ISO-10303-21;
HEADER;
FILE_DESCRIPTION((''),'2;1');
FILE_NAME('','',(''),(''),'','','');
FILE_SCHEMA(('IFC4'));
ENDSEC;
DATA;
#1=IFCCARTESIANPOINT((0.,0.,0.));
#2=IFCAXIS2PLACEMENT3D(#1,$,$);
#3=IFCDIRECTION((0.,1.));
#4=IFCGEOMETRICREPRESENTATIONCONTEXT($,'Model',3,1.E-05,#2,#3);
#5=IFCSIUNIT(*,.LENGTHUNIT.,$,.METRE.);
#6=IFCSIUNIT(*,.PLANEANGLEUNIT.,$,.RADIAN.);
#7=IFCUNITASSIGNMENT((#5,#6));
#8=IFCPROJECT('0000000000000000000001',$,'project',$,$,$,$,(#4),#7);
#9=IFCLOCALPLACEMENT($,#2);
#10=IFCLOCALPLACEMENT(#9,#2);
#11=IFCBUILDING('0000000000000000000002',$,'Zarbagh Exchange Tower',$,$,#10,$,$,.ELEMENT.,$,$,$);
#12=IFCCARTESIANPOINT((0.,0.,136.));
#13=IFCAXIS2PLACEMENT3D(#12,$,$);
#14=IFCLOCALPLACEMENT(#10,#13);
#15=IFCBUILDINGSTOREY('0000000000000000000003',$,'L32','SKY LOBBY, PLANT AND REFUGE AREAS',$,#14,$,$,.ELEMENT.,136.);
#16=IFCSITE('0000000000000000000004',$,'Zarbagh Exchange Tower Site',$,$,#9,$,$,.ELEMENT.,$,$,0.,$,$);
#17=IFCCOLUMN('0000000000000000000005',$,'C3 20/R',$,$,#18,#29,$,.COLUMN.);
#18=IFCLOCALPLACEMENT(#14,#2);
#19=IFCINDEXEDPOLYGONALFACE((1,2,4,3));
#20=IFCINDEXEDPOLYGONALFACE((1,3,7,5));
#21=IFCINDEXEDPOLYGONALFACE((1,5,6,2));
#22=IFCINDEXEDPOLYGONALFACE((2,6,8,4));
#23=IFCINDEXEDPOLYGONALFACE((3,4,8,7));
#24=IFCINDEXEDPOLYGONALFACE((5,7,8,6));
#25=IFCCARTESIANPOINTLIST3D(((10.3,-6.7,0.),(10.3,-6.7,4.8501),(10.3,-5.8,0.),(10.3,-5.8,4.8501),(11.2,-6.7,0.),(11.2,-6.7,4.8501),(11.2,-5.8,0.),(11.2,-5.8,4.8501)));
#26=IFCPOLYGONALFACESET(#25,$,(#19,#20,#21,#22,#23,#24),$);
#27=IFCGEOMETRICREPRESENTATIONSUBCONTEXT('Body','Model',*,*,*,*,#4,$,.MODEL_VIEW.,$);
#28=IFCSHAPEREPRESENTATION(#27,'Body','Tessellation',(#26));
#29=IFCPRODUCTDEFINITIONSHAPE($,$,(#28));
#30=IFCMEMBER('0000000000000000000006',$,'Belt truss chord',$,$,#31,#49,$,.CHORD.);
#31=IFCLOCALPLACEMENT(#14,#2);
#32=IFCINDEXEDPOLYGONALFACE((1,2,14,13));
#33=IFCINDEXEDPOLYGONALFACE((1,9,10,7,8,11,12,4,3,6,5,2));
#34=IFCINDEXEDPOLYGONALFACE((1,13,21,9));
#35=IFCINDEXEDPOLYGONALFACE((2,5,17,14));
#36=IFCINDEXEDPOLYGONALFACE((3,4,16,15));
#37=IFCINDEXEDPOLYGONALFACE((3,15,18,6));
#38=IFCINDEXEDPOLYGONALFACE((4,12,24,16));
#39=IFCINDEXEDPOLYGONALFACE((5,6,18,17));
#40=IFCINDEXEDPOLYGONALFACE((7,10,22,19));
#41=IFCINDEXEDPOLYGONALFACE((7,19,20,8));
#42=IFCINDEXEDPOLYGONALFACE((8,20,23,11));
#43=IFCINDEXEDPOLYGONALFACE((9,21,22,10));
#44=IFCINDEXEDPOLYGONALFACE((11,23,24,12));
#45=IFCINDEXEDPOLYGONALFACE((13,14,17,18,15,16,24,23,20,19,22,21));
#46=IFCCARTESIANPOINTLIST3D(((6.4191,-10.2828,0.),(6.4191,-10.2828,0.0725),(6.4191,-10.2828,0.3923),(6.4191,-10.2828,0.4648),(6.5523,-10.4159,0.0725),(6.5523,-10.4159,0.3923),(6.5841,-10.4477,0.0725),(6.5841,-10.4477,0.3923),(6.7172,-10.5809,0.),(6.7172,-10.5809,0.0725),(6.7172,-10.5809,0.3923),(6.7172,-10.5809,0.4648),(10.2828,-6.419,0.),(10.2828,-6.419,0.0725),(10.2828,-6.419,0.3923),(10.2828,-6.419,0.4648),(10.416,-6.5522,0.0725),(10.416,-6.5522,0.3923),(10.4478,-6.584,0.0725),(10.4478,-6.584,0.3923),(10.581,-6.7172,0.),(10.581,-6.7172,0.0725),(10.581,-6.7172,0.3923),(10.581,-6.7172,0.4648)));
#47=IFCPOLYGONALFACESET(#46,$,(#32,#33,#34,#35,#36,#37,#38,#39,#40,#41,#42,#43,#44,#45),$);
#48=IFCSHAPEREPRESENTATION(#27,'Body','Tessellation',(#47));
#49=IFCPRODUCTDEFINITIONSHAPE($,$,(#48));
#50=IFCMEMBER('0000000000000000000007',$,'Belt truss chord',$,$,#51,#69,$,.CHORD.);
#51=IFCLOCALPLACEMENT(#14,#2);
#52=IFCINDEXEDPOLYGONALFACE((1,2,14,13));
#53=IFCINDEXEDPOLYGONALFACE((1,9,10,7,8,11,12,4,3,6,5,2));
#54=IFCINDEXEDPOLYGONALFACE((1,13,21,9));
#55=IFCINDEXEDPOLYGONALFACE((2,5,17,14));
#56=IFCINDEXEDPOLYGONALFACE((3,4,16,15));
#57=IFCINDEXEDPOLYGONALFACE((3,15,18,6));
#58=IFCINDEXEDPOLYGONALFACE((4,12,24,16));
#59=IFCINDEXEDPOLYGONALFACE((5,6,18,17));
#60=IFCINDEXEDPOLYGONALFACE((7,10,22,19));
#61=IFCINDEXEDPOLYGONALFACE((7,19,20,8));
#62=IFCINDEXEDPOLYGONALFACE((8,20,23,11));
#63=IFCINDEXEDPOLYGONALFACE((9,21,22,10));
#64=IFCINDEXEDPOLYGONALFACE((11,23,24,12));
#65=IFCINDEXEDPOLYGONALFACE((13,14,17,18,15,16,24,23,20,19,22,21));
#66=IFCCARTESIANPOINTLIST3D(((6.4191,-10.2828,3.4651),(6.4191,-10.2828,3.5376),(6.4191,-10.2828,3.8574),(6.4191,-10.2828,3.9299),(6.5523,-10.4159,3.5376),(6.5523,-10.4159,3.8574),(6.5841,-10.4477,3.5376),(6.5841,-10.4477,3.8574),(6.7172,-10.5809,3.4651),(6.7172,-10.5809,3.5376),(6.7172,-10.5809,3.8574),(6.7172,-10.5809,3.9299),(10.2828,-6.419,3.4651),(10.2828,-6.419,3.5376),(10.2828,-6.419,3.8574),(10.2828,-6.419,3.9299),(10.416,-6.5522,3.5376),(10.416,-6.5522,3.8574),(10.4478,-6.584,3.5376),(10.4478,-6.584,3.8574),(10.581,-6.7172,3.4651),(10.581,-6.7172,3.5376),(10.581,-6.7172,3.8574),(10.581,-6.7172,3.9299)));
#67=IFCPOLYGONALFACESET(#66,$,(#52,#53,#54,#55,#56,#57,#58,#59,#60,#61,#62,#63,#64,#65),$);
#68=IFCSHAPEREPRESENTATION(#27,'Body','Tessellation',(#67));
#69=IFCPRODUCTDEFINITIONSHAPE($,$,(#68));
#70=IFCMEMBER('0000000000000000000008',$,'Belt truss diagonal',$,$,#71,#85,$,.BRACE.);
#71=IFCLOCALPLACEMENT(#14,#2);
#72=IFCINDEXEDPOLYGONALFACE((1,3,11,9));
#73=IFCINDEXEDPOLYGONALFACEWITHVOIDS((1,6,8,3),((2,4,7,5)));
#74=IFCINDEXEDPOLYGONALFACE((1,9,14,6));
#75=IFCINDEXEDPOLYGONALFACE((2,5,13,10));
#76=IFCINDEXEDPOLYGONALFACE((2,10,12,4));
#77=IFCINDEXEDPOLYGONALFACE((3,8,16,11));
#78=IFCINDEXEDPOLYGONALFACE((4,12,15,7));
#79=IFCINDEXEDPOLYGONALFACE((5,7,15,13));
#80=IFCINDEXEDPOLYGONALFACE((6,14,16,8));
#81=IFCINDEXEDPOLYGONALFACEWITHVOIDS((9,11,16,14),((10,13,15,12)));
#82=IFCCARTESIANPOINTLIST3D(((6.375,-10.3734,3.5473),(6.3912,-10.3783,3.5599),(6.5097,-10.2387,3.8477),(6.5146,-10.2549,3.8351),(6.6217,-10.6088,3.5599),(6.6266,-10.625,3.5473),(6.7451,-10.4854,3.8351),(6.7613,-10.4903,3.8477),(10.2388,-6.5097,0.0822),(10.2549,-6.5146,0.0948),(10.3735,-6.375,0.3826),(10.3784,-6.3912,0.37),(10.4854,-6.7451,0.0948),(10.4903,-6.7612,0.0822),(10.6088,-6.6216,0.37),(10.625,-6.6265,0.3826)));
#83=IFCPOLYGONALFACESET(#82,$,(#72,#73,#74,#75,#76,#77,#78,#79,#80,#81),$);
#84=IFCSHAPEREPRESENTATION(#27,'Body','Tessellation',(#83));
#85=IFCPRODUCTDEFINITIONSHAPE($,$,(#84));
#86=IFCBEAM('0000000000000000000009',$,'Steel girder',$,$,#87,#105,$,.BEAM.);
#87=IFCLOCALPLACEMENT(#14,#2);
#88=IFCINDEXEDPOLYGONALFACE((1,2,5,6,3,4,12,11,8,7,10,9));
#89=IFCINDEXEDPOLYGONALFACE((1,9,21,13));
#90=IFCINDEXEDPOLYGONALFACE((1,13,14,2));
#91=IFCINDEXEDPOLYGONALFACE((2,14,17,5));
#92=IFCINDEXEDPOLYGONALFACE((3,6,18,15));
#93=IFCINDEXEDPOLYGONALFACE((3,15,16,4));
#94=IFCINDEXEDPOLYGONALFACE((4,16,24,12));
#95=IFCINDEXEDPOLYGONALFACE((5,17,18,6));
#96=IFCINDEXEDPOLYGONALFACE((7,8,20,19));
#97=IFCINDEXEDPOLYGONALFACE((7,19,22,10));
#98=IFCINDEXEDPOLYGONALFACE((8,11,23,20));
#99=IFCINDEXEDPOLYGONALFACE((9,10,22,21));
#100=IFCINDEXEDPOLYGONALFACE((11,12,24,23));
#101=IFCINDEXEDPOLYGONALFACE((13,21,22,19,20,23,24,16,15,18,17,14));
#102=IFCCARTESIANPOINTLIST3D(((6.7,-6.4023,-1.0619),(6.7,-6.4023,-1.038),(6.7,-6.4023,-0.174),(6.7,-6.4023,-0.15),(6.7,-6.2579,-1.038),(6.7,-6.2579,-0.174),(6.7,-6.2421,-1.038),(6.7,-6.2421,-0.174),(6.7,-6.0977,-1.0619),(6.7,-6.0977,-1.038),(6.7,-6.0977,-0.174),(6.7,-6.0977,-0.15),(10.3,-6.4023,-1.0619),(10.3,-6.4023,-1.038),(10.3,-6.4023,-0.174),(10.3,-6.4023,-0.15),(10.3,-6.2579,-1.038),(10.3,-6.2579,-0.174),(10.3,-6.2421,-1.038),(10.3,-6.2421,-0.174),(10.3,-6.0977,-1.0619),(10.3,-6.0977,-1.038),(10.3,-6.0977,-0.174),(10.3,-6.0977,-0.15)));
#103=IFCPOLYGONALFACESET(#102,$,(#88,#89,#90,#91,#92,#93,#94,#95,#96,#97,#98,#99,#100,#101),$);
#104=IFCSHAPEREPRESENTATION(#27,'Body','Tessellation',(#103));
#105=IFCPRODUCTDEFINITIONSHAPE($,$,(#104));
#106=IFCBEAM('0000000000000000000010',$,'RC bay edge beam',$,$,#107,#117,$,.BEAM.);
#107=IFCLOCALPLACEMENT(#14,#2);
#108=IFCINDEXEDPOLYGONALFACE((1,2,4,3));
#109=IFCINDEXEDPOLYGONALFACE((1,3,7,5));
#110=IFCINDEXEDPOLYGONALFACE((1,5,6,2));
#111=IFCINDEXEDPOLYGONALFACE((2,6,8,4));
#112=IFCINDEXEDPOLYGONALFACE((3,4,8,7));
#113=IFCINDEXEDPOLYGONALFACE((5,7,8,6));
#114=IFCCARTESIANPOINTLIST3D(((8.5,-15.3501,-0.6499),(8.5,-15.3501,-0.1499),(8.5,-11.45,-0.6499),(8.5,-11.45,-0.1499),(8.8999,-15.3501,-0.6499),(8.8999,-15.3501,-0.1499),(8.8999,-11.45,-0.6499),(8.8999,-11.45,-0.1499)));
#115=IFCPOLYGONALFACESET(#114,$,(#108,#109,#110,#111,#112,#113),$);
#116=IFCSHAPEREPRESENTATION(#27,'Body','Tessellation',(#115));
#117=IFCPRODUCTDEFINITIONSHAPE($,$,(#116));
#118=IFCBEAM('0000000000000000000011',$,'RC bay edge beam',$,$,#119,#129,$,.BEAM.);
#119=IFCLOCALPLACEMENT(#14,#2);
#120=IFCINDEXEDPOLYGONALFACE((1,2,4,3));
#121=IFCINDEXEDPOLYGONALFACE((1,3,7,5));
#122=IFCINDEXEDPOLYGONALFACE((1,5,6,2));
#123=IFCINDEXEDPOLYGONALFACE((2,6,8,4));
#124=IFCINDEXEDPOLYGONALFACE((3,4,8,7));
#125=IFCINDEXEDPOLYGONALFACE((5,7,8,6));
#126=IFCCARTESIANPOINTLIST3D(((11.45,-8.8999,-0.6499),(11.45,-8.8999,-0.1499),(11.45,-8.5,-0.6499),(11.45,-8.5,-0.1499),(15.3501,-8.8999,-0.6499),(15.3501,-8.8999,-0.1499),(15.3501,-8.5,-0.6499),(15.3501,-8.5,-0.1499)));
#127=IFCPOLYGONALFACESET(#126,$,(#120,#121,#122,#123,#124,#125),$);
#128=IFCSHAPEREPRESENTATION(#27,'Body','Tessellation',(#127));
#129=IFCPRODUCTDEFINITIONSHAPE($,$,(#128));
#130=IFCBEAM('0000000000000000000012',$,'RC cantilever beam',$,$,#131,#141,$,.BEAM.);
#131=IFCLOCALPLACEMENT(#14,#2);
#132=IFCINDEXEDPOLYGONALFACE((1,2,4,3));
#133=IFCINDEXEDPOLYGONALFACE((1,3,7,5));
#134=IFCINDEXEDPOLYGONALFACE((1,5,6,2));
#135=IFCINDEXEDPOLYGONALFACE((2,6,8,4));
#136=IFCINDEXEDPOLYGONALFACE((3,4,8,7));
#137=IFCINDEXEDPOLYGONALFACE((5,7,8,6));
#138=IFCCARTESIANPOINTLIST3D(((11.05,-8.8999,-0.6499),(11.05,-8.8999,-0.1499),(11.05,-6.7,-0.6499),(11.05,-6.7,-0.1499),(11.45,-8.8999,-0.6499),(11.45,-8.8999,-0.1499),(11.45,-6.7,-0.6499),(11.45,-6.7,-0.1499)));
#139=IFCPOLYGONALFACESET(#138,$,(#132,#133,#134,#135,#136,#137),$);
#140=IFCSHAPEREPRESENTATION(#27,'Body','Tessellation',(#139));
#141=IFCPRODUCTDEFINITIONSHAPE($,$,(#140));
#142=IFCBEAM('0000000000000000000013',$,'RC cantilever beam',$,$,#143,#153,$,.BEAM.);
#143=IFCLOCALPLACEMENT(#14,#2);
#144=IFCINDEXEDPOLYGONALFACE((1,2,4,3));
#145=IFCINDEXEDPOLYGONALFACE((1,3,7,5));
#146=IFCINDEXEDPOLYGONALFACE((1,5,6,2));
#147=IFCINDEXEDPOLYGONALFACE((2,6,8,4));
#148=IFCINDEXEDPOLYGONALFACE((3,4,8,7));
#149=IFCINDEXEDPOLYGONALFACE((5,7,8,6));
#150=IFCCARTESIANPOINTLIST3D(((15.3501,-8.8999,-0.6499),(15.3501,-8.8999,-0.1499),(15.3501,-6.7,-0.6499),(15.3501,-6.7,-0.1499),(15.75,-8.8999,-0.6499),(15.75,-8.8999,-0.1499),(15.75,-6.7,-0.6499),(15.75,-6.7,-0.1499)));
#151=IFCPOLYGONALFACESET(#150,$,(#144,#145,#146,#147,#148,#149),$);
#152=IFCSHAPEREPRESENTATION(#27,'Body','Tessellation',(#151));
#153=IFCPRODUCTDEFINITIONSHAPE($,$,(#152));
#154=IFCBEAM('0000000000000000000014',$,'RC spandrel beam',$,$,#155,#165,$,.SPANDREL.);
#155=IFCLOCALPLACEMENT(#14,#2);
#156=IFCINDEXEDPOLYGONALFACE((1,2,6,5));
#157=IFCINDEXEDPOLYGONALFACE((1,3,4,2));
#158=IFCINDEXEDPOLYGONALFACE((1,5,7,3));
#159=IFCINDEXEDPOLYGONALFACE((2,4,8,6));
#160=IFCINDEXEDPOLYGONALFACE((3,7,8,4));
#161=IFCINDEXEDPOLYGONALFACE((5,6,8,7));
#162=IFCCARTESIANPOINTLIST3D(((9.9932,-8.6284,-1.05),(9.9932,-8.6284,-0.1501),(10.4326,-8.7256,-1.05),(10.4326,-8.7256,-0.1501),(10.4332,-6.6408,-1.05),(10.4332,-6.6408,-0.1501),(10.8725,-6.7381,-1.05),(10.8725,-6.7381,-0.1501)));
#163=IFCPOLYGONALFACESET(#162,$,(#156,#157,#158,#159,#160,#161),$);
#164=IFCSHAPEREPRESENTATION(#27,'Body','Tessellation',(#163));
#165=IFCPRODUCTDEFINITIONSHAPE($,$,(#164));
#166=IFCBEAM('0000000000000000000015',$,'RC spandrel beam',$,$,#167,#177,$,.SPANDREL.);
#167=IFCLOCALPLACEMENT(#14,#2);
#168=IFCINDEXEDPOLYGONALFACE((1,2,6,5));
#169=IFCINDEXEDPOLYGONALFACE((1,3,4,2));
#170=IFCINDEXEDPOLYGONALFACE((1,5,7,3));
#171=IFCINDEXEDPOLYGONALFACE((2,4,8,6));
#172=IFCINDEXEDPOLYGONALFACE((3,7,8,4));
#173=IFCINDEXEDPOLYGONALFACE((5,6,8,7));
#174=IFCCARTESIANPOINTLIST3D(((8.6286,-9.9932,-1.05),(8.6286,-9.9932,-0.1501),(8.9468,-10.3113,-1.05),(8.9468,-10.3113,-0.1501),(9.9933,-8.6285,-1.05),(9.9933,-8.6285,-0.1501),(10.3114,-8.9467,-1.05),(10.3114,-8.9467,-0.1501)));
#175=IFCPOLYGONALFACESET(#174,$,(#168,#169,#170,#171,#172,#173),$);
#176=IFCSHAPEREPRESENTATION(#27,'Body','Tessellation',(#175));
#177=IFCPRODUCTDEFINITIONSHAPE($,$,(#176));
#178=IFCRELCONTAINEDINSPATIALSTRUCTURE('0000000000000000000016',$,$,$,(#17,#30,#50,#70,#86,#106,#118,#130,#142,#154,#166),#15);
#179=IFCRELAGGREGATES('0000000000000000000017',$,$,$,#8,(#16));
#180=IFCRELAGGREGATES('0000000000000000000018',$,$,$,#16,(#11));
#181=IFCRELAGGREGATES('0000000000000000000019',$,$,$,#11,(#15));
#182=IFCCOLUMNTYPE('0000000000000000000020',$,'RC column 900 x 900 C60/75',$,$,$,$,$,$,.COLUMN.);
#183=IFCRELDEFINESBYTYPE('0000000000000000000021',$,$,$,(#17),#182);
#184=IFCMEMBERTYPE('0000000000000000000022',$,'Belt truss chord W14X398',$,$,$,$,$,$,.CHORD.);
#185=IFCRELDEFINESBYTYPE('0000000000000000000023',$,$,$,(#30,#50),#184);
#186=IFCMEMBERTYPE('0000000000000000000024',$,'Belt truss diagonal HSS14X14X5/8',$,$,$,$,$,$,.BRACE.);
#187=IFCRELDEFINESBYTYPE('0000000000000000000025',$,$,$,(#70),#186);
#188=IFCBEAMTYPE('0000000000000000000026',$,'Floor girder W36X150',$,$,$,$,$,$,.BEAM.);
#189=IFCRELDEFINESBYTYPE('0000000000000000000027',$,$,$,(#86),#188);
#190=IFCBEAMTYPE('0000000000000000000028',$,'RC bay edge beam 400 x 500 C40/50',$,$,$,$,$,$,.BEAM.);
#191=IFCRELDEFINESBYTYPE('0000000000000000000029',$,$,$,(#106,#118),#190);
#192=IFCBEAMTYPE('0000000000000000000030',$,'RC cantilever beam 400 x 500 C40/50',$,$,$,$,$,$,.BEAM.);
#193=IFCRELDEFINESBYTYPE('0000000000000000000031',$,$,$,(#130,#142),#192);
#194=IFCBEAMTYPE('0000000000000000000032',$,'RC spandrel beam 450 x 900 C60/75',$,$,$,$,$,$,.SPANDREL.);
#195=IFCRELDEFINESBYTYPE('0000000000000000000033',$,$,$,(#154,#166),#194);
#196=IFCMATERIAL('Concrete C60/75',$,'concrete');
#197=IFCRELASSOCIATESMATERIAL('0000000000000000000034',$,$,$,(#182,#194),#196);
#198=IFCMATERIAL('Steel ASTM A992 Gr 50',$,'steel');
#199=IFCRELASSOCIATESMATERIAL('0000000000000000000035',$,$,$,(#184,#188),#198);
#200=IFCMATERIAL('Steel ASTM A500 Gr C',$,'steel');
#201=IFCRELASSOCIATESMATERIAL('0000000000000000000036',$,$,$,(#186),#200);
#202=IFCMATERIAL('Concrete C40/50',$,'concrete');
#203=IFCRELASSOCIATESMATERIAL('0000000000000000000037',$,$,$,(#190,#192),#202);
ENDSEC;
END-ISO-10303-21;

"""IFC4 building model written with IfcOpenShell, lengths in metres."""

from ifc_helpers import new_model, si_unit, direction, frame, origin, origin_2d, place, context, subcontext, project, spatial, rectangle, hollow_rectangle, i_section, extrude, material, material_profile, profile_set, type_object, element, save


model = new_model("IFC4")

# Units and contexts
model_context = context("Model", 3, precision=1e-05, world=origin(), true_north=direction((0.0, 1.0)))
body_context = subcontext(model_context, "Body", "Model", "MODEL_VIEW")
ifc_project = project(units=[si_unit("LENGTHUNIT", "METRE"), si_unit("PLANEANGLEUNIT", "RADIAN")], contexts=[model_context])

# Site, building, storey
site_placement = place(None, origin())
site = spatial("IfcSite", under=ifc_project, at=site_placement, Name="Zarbagh Exchange Tower Site", CompositionType="ELEMENT", RefElevation=0.0)
building_placement = place(site_placement, origin())
building = spatial("IfcBuilding", under=site, at=building_placement, Name="Zarbagh Exchange Tower", CompositionType="ELEMENT")
storey_placement = place(building_placement, frame((0.0, 0.0, 136.0)))
storey = spatial("IfcBuildingStorey", under=building, at=storey_placement, Name="L32", Description="SKY LOBBY, PLANT AND REFUGE AREAS", CompositionType="ELEMENT", Elevation=136.0)

# Column
ifc_material_1 = material(Name="Concrete C60/75", Category="concrete")
ifc_material_profile_1 = material_profile(ifc_material_1, rectangle(XDim=0.8999, YDim=0.8999, at=origin_2d()), Name="RC column 900 x 900 C60/75")
ifc_profile_set_1 = profile_set([ifc_material_profile_1], Name="Concrete C60/75")
column_type = type_object("IfcColumnType", Name="RC column 900 x 900 C60/75", PredefinedType="COLUMN", material=ifc_profile_set_1)
column_placement = place(storey_placement, frame((10.75, -6.25, 0.0), z_axis=(0.0, 0.0, 1.0), x_axis=(1.0, 0.0, 0.0)))
element("IfcColumn", 1, at=column_placement, inside=storey, type_object=column_type, Name="C3 20/R", PredefinedType="COLUMN", context=body_context, shape_type="SweptSolid", body=[
    extrude(rectangle(XDim=0.8999, YDim=0.8999, at=origin_2d()), origin(), (0.0, 0.0, 1.0), 4.8501),
])

# Members
ifc_material_2 = material(Name="Steel ASTM A992 Gr 50", Category="steel")
ifc_material_profile_2 = material_profile(ifc_material_2, i_section(OverallWidth=0.4216, OverallDepth=0.4648, WebThickness=0.0449, FlangeThickness=0.0725, at=origin_2d()), Name="W14X398")
ifc_profile_set_2 = profile_set([ifc_material_profile_2], Name="Steel ASTM A992 Gr 50")
member_type_1 = type_object("IfcMemberType", Name="Belt truss chord W14X398", PredefinedType="CHORD", material=ifc_profile_set_2)
for number, where, z_axis, x_axis, name in (
    (2, (10.4319, -6.5681, 0.2324), (-0.707107, -0.707107, 0.0), (0.707107, -0.707107, 0.0), "Belt truss chord"),
    (3, (10.4319, -6.5681, 3.6975), (-0.707107, -0.707107, 0.0), (0.707107, -0.707107, 0.0), "Belt truss chord"),
):
    element("IfcMember", number, at=place(storey_placement, frame(where, z_axis=z_axis, x_axis=x_axis)), inside=storey, type_object=member_type_1, Name=name, PredefinedType="CHORD", context=body_context, shape_type="SweptSolid", body=[
        extrude(i_section(OverallWidth=0.4216, OverallDepth=0.4648, WebThickness=0.0449, FlangeThickness=0.0725, at=origin_2d()), origin(), (0.0, 0.0, 1.0), 5.4641),
    ])
ifc_material_3 = material(Name="Steel ASTM A500 Gr C", Category="steel")
ifc_material_profile_3 = material_profile(ifc_material_3, hollow_rectangle(XDim=0.3557, YDim=0.3557, WallThickness=0.0149, at=origin_2d()), Name="HSS14X14X5/8")
ifc_profile_set_3 = profile_set([ifc_material_profile_3], Name="Steel ASTM A500 Gr C")
member_type_2 = type_object("IfcMemberType", Name="Belt truss diagonal HSS14X14X5/8", PredefinedType="BRACE", material=ifc_profile_set_3)
member_placement = place(storey_placement, frame((10.4319, -6.5681, 0.2324), z_axis=(-0.597158, -0.597158, 0.535541), x_axis=(0.707107, -0.707107, 0.0)))
element("IfcMember", 4, at=member_placement, inside=storey, type_object=member_type_2, Name="Belt truss diagonal", PredefinedType="BRACE", context=body_context, shape_type="SweptSolid", body=[
    extrude(hollow_rectangle(XDim=0.3557, YDim=0.3557, WallThickness=0.0149, at=origin_2d()), origin(), (0.0, 0.0, 1.0), 6.4702),
])

# Beams
ifc_material_profile_4 = material_profile(ifc_material_2, i_section(OverallWidth=0.3047, OverallDepth=0.9119, WebThickness=0.0159, FlangeThickness=0.0239, at=origin_2d()), Name="W36X150")
ifc_profile_set_4 = profile_set([ifc_material_profile_4], Name="Steel ASTM A992 Gr 50")
beam_type_1 = type_object("IfcBeamType", Name="Floor girder W36X150", PredefinedType="BEAM", material=ifc_profile_set_4)
beam_1_placement = place(storey_placement, frame((6.7, -6.25, -0.606), z_axis=(1.0, 0.0, 0.0), x_axis=(0.0, 1.0, 0.0)))
element("IfcBeam", 5, at=beam_1_placement, inside=storey, type_object=beam_type_1, Name="Steel girder", PredefinedType="BEAM", context=body_context, shape_type="SweptSolid", body=[
    extrude(i_section(OverallWidth=0.3047, OverallDepth=0.9119, WebThickness=0.0159, FlangeThickness=0.0239, at=origin_2d()), origin(), (0.0, 0.0, 1.0), 3.6001),
])
ifc_material_4 = material(Name="Concrete C40/50", Category="concrete")
ifc_material_profile_5 = material_profile(ifc_material_4, rectangle(XDim=0.3999, YDim=0.5, at=origin_2d()), Name="RC bay edge beam 400 x 500 C40/50")
ifc_profile_set_5 = profile_set([ifc_material_profile_5], Name="Concrete C40/50")
beam_type_2 = type_object("IfcBeamType", Name="RC bay edge beam 400 x 500 C40/50", PredefinedType="BEAM", material=ifc_profile_set_5)
for number, where, z_axis, x_axis, name in (
    (6, (8.7, -15.3501, -0.3999), (0.0, 1.0, 0.0), (-1.0, 0.0, 0.0), "RC bay edge beam"),
    (7, (11.45, -8.7, -0.3999), (1.0, 0.0, 0.0), (0.0, 1.0, 0.0), "RC bay edge beam"),
):
    element("IfcBeam", number, at=place(storey_placement, frame(where, z_axis=z_axis, x_axis=x_axis)), inside=storey, type_object=beam_type_2, Name=name, PredefinedType="BEAM", context=body_context, shape_type="SweptSolid", body=[
        extrude(rectangle(XDim=0.3999, YDim=0.5, at=origin_2d()), origin(), (0.0, 0.0, 1.0), 3.9001),
    ])
ifc_material_profile_6 = material_profile(ifc_material_4, rectangle(XDim=0.3999, YDim=0.5, at=origin_2d()), Name="RC cantilever beam 400 x 500 C40/50")
ifc_profile_set_6 = profile_set([ifc_material_profile_6], Name="Concrete C40/50")
beam_type_3 = type_object("IfcBeamType", Name="RC cantilever beam 400 x 500 C40/50", PredefinedType="BEAM", material=ifc_profile_set_6)
for number, where, z_axis, x_axis, name in (
    (8, (11.25, -6.7, -0.3999), (0.0, -1.0, 0.0), (1.0, 0.0, 0.0), "RC cantilever beam"),
    (9, (15.55, -6.7, -0.3999), (0.0, -1.0, 0.0), (1.0, 0.0, 0.0), "RC cantilever beam"),
):
    element("IfcBeam", number, at=place(storey_placement, frame(where, z_axis=z_axis, x_axis=x_axis)), inside=storey, type_object=beam_type_3, Name=name, PredefinedType="BEAM", context=body_context, shape_type="SweptSolid", body=[
        extrude(rectangle(XDim=0.3999, YDim=0.5, at=origin_2d()), origin(), (0.0, 0.0, 1.0), 2.2),
    ])
ifc_material_profile_7 = material_profile(ifc_material_1, rectangle(XDim=0.45, YDim=0.8999, at=origin_2d()), Name="RC spandrel beam 450 x 900 C60/75")
ifc_profile_set_7 = profile_set([ifc_material_profile_7], Name="Concrete C60/75")
beam_type_4 = type_object("IfcBeamType", Name="RC spandrel beam 450 x 900 C60/75", PredefinedType="SPANDREL", material=ifc_profile_set_7)
beam_2_placement = place(storey_placement, frame((10.6528, -6.6895, -0.6001), z_axis=(-0.216118, -0.976367, 0.0), x_axis=(0.976367, -0.216118, 0.0)))
element("IfcBeam", 10, at=beam_2_placement, inside=storey, type_object=beam_type_4, Name="RC spandrel beam", PredefinedType="SPANDREL", context=body_context, shape_type="SweptSolid", body=[
    extrude(rectangle(XDim=0.45, YDim=0.8999, at=origin_2d()), origin(), (0.0, 0.0, 1.0), 2.0356),
])
beam_3_placement = place(storey_placement, frame((10.1523, -8.7876, -0.6001), z_axis=(-0.707107, -0.707107, 0.0), x_axis=(0.707107, -0.707107, 0.0)))
element("IfcBeam", 11, at=beam_3_placement, inside=storey, type_object=beam_type_4, Name="RC spandrel beam", PredefinedType="SPANDREL", context=body_context, shape_type="SweptSolid", body=[
    extrude(rectangle(XDim=0.45, YDim=0.8999, at=origin_2d()), origin(), (0.0, 0.0, 1.0), 1.9299),
])

save(model, "model.ifc")
